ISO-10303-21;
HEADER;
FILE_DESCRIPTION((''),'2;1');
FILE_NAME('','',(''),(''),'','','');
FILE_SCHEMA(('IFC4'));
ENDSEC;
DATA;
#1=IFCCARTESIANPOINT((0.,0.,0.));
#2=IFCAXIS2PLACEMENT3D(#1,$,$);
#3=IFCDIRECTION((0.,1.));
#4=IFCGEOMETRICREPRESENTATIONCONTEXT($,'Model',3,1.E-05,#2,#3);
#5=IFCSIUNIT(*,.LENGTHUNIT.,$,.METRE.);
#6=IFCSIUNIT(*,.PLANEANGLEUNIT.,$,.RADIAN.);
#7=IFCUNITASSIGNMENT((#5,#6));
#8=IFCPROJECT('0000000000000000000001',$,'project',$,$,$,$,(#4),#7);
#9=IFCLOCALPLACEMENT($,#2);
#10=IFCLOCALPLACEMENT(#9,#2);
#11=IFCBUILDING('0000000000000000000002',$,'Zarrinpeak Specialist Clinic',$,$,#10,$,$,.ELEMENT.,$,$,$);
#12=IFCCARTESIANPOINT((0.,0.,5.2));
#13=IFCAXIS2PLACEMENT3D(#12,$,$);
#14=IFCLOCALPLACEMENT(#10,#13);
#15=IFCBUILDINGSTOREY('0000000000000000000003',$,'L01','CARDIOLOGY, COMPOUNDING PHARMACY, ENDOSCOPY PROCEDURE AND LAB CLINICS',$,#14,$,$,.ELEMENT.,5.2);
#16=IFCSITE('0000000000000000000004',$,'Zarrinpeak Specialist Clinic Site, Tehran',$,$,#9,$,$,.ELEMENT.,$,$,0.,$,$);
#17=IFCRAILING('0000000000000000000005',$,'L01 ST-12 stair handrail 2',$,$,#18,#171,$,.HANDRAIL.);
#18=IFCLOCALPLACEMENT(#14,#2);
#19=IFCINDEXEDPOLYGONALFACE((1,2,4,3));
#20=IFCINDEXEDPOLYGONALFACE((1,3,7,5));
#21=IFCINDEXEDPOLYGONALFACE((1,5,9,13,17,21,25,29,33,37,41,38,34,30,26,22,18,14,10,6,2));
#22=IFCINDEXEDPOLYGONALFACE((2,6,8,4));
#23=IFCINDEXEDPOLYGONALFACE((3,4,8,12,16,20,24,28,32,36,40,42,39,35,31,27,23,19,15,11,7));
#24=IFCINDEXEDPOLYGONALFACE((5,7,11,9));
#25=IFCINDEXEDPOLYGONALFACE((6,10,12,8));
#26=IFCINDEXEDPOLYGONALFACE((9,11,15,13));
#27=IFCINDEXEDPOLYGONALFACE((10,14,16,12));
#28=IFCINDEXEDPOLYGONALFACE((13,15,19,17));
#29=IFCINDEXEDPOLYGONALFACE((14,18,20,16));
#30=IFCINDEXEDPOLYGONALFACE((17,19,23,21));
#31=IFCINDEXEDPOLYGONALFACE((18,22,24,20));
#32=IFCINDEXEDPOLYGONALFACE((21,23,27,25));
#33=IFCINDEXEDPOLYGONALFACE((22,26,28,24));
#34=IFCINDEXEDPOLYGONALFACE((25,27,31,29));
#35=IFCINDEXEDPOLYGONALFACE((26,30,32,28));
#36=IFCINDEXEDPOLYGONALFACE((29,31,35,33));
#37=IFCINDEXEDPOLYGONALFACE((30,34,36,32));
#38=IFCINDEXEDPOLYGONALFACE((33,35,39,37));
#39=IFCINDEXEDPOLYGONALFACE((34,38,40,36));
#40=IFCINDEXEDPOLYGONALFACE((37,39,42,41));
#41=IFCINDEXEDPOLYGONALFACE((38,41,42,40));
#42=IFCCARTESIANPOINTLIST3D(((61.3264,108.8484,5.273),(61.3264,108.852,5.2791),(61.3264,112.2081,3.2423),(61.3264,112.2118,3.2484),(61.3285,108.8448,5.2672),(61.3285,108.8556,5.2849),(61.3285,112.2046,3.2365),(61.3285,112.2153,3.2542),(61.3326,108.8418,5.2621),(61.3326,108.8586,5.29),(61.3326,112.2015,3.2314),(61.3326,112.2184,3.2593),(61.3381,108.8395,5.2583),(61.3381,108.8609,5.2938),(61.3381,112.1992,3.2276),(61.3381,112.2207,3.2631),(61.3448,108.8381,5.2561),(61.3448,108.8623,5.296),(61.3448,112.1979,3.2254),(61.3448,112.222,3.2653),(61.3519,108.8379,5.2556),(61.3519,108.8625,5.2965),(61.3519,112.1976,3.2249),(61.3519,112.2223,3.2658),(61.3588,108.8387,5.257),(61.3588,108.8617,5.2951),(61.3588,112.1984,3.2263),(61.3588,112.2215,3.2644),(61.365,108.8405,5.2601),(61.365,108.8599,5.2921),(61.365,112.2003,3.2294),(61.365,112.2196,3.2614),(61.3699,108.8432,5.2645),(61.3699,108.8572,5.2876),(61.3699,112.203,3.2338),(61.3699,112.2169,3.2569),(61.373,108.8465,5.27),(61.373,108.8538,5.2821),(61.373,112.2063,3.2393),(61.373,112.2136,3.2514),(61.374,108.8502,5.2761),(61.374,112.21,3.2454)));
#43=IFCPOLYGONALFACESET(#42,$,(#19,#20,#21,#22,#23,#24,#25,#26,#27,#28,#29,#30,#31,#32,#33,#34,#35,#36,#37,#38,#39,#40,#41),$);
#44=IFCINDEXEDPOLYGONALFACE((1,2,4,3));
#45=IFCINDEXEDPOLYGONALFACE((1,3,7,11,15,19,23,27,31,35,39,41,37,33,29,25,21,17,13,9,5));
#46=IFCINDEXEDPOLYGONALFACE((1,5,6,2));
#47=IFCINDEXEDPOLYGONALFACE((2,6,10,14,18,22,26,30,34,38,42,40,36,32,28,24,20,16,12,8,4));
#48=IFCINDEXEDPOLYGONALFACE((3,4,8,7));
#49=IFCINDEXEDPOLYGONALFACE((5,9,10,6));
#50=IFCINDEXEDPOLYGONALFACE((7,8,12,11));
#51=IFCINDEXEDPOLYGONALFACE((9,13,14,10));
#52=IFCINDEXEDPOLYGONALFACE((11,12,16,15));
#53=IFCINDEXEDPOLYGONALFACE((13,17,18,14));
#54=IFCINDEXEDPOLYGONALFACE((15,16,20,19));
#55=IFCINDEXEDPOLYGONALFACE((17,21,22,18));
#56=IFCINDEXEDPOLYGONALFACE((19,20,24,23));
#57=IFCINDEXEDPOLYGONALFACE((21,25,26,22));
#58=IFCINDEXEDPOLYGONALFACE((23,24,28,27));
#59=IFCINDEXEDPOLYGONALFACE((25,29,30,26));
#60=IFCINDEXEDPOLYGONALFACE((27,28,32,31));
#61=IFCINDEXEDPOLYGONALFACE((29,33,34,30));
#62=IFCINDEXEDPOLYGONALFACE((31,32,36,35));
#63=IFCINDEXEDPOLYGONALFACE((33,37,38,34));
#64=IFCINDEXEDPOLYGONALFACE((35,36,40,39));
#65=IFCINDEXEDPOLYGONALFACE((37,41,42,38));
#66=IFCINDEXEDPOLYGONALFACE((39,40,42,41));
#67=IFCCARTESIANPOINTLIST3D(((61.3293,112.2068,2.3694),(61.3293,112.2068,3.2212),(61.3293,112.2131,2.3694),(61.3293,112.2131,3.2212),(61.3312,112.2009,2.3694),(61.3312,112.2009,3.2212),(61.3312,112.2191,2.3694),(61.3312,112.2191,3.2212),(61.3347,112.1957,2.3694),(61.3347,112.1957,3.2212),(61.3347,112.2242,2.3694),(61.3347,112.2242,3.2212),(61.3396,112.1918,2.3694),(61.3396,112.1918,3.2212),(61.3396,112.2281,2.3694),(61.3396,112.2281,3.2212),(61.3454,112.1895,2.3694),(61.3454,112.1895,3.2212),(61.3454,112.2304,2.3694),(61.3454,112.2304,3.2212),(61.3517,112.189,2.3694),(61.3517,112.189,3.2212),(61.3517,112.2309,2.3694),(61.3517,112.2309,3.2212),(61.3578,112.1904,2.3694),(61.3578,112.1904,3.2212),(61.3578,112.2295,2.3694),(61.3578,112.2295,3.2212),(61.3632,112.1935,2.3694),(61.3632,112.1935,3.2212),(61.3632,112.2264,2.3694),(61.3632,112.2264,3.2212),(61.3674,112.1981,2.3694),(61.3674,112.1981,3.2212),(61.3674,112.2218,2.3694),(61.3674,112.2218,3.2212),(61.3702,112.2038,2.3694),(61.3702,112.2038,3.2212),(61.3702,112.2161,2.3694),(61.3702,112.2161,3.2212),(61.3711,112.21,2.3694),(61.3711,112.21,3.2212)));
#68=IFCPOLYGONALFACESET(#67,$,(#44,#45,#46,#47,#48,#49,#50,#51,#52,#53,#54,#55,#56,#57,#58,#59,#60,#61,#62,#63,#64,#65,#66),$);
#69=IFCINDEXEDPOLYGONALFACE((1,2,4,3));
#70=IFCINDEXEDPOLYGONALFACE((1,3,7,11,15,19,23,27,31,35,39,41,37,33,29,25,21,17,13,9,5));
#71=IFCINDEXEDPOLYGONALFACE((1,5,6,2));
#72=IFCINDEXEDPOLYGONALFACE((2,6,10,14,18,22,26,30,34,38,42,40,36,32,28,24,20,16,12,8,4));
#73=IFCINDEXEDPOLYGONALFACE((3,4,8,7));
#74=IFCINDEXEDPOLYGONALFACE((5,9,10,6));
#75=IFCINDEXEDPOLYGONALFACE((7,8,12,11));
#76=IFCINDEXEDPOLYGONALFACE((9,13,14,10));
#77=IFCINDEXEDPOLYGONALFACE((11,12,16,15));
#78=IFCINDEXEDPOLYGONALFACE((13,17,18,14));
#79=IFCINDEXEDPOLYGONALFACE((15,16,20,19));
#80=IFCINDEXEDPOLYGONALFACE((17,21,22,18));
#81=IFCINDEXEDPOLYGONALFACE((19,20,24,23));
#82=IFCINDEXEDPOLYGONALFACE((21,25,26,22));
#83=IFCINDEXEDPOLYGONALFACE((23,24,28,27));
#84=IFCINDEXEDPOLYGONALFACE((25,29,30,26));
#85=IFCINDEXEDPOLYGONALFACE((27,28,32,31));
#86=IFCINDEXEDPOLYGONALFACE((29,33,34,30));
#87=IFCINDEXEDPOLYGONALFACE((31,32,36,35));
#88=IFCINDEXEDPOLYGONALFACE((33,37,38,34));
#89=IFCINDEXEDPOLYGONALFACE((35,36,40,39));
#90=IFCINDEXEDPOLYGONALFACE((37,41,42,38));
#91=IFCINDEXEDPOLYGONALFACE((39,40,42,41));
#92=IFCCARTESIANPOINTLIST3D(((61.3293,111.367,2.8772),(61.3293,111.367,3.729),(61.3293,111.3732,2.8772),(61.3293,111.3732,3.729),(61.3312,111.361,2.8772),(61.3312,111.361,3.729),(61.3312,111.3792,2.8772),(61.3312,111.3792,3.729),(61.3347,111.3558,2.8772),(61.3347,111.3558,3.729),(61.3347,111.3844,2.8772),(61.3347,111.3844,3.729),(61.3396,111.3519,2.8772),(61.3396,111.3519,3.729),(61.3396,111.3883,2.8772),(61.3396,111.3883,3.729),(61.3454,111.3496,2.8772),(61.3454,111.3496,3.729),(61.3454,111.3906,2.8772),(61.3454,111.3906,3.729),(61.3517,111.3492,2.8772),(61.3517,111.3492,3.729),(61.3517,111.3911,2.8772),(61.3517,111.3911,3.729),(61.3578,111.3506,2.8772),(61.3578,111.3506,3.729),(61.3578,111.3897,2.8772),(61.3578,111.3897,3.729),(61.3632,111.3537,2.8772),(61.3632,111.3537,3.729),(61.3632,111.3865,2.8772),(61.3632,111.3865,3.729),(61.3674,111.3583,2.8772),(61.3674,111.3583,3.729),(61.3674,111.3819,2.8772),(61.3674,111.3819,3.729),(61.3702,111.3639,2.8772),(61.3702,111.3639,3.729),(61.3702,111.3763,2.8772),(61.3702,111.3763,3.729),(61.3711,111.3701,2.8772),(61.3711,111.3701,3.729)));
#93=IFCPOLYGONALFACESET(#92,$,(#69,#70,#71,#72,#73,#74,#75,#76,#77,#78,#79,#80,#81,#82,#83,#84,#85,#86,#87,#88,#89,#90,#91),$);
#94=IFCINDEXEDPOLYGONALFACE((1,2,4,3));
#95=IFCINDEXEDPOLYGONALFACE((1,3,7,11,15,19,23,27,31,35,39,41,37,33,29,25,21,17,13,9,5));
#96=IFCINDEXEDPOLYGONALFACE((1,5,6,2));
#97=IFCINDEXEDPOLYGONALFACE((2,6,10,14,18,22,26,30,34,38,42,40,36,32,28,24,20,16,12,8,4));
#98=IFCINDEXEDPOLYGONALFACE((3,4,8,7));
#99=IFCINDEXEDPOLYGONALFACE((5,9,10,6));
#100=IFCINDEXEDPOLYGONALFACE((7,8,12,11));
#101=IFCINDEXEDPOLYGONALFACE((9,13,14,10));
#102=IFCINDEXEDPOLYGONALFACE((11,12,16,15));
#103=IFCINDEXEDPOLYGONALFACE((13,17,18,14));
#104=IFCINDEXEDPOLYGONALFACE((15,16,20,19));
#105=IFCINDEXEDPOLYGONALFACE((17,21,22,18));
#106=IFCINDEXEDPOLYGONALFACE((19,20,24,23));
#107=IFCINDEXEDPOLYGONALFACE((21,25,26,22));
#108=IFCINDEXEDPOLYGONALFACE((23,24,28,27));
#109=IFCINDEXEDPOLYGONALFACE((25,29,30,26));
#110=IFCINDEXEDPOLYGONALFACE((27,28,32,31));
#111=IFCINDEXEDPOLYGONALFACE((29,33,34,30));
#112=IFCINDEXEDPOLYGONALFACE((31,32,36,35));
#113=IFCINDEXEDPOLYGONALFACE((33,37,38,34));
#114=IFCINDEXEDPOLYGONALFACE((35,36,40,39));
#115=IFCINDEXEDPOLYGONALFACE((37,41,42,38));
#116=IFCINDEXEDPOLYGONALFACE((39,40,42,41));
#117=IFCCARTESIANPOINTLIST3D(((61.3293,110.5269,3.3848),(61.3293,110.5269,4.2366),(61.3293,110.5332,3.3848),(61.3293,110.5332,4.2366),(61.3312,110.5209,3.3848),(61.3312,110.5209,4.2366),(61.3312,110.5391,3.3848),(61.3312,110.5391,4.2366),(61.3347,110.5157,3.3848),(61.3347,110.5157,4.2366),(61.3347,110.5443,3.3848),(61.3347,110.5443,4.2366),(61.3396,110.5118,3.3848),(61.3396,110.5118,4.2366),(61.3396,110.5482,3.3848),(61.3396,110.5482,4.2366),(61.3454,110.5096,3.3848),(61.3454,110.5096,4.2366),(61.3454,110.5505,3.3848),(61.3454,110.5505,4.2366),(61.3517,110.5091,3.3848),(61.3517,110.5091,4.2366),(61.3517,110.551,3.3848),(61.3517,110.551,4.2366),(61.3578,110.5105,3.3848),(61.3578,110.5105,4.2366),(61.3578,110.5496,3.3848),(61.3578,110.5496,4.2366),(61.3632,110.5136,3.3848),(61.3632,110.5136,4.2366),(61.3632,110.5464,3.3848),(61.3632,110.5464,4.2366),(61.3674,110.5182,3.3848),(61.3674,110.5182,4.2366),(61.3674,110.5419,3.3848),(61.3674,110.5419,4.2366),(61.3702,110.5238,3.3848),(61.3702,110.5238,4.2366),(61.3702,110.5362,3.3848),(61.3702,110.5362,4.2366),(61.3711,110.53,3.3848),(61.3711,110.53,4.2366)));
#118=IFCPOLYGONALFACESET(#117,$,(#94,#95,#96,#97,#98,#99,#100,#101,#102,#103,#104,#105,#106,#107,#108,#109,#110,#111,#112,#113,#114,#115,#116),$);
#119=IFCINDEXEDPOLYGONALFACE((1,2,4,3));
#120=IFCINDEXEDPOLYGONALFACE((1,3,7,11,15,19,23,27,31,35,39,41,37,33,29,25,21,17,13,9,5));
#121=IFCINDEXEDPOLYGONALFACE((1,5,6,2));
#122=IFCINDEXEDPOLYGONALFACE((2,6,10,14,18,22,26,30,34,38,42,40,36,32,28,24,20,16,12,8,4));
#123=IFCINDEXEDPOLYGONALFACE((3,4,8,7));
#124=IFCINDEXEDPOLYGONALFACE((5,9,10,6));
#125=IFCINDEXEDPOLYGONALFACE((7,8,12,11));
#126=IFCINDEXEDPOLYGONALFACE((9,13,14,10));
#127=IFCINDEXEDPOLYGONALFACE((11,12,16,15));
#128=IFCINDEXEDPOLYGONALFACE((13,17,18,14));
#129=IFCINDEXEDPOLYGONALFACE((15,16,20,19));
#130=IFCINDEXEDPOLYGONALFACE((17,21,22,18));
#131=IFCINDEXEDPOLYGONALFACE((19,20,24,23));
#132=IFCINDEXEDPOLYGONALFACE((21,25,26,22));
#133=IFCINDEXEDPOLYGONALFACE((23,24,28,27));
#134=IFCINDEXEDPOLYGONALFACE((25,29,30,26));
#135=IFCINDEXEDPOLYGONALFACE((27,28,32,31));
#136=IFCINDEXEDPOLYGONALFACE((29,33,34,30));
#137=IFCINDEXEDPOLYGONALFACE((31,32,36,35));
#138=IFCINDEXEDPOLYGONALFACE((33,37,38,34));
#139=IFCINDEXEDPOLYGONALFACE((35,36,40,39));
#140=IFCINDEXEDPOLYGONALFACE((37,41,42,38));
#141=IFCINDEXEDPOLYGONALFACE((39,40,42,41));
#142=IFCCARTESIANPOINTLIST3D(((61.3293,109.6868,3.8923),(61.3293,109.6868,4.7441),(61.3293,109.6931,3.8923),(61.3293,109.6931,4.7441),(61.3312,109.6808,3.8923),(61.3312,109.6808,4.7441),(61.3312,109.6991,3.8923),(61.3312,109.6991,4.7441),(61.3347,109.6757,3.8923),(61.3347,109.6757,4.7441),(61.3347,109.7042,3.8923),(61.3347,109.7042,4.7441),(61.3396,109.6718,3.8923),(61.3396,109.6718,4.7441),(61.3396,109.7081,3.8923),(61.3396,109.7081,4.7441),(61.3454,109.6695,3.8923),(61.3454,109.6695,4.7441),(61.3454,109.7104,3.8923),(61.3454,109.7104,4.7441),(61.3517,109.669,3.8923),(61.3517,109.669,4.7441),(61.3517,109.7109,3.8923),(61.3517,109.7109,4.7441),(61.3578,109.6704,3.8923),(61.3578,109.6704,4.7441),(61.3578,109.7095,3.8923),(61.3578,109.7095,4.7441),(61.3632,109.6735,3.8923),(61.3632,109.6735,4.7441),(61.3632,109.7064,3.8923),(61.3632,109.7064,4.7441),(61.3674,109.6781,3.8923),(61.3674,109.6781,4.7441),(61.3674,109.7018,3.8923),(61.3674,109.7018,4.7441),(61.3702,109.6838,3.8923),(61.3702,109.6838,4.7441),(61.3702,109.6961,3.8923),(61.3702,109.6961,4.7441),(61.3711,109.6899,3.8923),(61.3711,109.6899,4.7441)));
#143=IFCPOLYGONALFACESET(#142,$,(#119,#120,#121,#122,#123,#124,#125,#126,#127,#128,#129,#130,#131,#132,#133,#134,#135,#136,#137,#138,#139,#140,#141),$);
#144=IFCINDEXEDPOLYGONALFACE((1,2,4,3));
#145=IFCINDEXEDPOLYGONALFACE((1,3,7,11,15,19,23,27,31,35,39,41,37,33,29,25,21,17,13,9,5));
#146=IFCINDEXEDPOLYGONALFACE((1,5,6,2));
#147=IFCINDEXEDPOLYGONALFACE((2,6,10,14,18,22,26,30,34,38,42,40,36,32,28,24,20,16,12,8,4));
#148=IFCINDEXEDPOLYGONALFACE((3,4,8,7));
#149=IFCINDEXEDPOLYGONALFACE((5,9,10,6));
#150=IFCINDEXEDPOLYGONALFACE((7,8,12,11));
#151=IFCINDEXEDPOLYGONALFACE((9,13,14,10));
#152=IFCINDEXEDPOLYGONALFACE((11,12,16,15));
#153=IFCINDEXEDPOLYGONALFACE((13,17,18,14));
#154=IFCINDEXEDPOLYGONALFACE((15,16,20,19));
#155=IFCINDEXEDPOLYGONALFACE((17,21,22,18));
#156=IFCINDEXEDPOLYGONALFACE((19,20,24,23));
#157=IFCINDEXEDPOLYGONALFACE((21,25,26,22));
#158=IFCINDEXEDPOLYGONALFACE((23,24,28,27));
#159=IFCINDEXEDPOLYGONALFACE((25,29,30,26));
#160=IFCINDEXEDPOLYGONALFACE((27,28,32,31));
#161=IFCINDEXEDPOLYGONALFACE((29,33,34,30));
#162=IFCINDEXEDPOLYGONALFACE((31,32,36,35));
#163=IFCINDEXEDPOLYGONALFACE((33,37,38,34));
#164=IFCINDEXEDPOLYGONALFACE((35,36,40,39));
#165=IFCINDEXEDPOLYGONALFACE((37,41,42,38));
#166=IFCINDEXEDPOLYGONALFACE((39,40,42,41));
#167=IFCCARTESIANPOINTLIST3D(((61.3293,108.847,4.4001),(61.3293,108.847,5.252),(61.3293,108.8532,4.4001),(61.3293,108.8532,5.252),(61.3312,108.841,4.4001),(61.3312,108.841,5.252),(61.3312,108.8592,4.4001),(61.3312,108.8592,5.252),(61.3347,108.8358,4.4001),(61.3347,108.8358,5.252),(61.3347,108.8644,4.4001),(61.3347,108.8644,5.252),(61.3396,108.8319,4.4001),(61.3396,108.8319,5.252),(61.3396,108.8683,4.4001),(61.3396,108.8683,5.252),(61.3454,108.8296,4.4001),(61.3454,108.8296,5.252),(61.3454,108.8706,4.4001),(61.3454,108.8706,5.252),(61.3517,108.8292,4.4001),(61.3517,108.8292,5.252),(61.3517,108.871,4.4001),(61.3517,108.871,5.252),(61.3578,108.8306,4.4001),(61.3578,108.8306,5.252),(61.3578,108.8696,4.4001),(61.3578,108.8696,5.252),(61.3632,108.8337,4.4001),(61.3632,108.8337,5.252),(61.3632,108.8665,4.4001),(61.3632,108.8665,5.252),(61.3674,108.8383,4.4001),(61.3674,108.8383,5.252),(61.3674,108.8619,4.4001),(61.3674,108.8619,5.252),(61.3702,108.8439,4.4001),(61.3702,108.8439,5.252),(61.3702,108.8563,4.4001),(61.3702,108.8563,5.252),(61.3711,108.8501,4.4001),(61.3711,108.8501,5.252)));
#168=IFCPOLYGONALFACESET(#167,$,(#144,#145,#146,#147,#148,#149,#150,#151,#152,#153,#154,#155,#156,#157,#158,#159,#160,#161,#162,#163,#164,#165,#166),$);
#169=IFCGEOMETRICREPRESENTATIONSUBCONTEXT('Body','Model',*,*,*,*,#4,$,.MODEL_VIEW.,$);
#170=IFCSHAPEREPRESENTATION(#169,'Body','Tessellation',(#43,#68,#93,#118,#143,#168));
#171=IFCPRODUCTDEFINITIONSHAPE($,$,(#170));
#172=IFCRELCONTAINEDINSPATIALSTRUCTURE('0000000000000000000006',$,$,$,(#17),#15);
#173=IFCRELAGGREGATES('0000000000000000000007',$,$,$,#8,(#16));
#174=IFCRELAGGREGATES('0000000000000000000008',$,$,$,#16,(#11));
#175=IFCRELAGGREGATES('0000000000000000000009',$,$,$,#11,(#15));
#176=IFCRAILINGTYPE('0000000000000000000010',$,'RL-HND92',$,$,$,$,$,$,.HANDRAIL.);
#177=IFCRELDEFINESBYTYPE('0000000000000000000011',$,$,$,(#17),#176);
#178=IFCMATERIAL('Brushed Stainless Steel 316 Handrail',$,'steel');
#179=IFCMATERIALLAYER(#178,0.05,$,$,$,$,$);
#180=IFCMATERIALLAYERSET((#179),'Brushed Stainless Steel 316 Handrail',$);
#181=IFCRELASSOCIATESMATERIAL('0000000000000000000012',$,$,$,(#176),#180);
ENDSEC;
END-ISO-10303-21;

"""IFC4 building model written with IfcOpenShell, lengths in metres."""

from ifc_helpers import new_model, si_unit, direction, frame, origin, origin_2d, place, context, subcontext, project, spatial, circle, extrude, material, layer, layer_set, type_object, element, save


model = new_model("IFC4")

# Units and contexts
model_context = context("Model", 3, precision=1e-05, world=origin(), true_north=direction((0.0, 1.0)))
body_context = subcontext(model_context, "Body", "Model", "MODEL_VIEW")
ifc_project = project(units=[si_unit("LENGTHUNIT", "METRE"), si_unit("PLANEANGLEUNIT", "RADIAN")], contexts=[model_context])

# Site, building, storey
site_placement = place(None, origin())
site = spatial("IfcSite", under=ifc_project, at=site_placement, Name="Zarrinpeak Specialist Clinic Site, Tehran", CompositionType="ELEMENT", RefElevation=0.0)
building_placement = place(site_placement, origin())
building = spatial("IfcBuilding", under=site, at=building_placement, Name="Zarrinpeak Specialist Clinic", CompositionType="ELEMENT")
storey_placement = place(building_placement, frame((0.0, 0.0, 5.2)))
storey = spatial("IfcBuildingStorey", under=building, at=storey_placement, Name="L01", Description="CARDIOLOGY, COMPOUNDING PHARMACY, ENDOSCOPY PROCEDURE AND LAB CLINICS", CompositionType="ELEMENT", Elevation=5.2)

# Railing
ifc_material_1 = material(Name="Brushed Stainless Steel 316 Handrail", Category="steel")
ifc_layer_1 = layer(ifc_material_1, 0.05)
ifc_layer_set_1 = layer_set([ifc_layer_1], Name="Brushed Stainless Steel 316 Handrail")
railing_type_1 = type_object("IfcRailingType", Name="RL-HND92", PredefinedType="HANDRAIL", material=ifc_layer_set_1)
railing_1_placement = place(storey_placement, frame((61.3501, 112.21, 2.3694)))
element("IfcRailing", 1, at=railing_1_placement, inside=storey, type_object=railing_type_1, Name="L01 ST-12 stair handrail 2", PredefinedType="HANDRAIL", context=body_context, shape_type="SweptSolid", body=[
    extrude(circle(Radius=0.0239, at=origin_2d()), frame((0.0, 0.0, 0.876), z_axis=(0.0, -0.85582, 0.517273), x_axis=(1.0, 0.0, 0.0)), (0.0, 0.0, 1.0), 3.9258),
    extrude(circle(Radius=0.021, at=origin_2d()), origin(), (0.0, 0.0, 1.0), 0.8518),
    extrude(circle(Radius=0.021, at=origin_2d()), frame((0.0, -0.8398, 0.5078)), (0.0, 0.0, 1.0), 0.8518),
    extrude(circle(Radius=0.021, at=origin_2d()), frame((0.0, -1.6799, 1.0154)), (0.0, 0.0, 1.0), 0.8518),
    extrude(circle(Radius=0.021, at=origin_2d()), frame((0.0, -2.52, 1.5229)), (0.0, 0.0, 1.0), 0.8518),
    extrude(circle(Radius=0.021, at=origin_2d()), frame((0.0, -3.3599, 2.0308)), (0.0, 0.0, 1.0), 0.8518),
])

save(model, "model.ifc")
